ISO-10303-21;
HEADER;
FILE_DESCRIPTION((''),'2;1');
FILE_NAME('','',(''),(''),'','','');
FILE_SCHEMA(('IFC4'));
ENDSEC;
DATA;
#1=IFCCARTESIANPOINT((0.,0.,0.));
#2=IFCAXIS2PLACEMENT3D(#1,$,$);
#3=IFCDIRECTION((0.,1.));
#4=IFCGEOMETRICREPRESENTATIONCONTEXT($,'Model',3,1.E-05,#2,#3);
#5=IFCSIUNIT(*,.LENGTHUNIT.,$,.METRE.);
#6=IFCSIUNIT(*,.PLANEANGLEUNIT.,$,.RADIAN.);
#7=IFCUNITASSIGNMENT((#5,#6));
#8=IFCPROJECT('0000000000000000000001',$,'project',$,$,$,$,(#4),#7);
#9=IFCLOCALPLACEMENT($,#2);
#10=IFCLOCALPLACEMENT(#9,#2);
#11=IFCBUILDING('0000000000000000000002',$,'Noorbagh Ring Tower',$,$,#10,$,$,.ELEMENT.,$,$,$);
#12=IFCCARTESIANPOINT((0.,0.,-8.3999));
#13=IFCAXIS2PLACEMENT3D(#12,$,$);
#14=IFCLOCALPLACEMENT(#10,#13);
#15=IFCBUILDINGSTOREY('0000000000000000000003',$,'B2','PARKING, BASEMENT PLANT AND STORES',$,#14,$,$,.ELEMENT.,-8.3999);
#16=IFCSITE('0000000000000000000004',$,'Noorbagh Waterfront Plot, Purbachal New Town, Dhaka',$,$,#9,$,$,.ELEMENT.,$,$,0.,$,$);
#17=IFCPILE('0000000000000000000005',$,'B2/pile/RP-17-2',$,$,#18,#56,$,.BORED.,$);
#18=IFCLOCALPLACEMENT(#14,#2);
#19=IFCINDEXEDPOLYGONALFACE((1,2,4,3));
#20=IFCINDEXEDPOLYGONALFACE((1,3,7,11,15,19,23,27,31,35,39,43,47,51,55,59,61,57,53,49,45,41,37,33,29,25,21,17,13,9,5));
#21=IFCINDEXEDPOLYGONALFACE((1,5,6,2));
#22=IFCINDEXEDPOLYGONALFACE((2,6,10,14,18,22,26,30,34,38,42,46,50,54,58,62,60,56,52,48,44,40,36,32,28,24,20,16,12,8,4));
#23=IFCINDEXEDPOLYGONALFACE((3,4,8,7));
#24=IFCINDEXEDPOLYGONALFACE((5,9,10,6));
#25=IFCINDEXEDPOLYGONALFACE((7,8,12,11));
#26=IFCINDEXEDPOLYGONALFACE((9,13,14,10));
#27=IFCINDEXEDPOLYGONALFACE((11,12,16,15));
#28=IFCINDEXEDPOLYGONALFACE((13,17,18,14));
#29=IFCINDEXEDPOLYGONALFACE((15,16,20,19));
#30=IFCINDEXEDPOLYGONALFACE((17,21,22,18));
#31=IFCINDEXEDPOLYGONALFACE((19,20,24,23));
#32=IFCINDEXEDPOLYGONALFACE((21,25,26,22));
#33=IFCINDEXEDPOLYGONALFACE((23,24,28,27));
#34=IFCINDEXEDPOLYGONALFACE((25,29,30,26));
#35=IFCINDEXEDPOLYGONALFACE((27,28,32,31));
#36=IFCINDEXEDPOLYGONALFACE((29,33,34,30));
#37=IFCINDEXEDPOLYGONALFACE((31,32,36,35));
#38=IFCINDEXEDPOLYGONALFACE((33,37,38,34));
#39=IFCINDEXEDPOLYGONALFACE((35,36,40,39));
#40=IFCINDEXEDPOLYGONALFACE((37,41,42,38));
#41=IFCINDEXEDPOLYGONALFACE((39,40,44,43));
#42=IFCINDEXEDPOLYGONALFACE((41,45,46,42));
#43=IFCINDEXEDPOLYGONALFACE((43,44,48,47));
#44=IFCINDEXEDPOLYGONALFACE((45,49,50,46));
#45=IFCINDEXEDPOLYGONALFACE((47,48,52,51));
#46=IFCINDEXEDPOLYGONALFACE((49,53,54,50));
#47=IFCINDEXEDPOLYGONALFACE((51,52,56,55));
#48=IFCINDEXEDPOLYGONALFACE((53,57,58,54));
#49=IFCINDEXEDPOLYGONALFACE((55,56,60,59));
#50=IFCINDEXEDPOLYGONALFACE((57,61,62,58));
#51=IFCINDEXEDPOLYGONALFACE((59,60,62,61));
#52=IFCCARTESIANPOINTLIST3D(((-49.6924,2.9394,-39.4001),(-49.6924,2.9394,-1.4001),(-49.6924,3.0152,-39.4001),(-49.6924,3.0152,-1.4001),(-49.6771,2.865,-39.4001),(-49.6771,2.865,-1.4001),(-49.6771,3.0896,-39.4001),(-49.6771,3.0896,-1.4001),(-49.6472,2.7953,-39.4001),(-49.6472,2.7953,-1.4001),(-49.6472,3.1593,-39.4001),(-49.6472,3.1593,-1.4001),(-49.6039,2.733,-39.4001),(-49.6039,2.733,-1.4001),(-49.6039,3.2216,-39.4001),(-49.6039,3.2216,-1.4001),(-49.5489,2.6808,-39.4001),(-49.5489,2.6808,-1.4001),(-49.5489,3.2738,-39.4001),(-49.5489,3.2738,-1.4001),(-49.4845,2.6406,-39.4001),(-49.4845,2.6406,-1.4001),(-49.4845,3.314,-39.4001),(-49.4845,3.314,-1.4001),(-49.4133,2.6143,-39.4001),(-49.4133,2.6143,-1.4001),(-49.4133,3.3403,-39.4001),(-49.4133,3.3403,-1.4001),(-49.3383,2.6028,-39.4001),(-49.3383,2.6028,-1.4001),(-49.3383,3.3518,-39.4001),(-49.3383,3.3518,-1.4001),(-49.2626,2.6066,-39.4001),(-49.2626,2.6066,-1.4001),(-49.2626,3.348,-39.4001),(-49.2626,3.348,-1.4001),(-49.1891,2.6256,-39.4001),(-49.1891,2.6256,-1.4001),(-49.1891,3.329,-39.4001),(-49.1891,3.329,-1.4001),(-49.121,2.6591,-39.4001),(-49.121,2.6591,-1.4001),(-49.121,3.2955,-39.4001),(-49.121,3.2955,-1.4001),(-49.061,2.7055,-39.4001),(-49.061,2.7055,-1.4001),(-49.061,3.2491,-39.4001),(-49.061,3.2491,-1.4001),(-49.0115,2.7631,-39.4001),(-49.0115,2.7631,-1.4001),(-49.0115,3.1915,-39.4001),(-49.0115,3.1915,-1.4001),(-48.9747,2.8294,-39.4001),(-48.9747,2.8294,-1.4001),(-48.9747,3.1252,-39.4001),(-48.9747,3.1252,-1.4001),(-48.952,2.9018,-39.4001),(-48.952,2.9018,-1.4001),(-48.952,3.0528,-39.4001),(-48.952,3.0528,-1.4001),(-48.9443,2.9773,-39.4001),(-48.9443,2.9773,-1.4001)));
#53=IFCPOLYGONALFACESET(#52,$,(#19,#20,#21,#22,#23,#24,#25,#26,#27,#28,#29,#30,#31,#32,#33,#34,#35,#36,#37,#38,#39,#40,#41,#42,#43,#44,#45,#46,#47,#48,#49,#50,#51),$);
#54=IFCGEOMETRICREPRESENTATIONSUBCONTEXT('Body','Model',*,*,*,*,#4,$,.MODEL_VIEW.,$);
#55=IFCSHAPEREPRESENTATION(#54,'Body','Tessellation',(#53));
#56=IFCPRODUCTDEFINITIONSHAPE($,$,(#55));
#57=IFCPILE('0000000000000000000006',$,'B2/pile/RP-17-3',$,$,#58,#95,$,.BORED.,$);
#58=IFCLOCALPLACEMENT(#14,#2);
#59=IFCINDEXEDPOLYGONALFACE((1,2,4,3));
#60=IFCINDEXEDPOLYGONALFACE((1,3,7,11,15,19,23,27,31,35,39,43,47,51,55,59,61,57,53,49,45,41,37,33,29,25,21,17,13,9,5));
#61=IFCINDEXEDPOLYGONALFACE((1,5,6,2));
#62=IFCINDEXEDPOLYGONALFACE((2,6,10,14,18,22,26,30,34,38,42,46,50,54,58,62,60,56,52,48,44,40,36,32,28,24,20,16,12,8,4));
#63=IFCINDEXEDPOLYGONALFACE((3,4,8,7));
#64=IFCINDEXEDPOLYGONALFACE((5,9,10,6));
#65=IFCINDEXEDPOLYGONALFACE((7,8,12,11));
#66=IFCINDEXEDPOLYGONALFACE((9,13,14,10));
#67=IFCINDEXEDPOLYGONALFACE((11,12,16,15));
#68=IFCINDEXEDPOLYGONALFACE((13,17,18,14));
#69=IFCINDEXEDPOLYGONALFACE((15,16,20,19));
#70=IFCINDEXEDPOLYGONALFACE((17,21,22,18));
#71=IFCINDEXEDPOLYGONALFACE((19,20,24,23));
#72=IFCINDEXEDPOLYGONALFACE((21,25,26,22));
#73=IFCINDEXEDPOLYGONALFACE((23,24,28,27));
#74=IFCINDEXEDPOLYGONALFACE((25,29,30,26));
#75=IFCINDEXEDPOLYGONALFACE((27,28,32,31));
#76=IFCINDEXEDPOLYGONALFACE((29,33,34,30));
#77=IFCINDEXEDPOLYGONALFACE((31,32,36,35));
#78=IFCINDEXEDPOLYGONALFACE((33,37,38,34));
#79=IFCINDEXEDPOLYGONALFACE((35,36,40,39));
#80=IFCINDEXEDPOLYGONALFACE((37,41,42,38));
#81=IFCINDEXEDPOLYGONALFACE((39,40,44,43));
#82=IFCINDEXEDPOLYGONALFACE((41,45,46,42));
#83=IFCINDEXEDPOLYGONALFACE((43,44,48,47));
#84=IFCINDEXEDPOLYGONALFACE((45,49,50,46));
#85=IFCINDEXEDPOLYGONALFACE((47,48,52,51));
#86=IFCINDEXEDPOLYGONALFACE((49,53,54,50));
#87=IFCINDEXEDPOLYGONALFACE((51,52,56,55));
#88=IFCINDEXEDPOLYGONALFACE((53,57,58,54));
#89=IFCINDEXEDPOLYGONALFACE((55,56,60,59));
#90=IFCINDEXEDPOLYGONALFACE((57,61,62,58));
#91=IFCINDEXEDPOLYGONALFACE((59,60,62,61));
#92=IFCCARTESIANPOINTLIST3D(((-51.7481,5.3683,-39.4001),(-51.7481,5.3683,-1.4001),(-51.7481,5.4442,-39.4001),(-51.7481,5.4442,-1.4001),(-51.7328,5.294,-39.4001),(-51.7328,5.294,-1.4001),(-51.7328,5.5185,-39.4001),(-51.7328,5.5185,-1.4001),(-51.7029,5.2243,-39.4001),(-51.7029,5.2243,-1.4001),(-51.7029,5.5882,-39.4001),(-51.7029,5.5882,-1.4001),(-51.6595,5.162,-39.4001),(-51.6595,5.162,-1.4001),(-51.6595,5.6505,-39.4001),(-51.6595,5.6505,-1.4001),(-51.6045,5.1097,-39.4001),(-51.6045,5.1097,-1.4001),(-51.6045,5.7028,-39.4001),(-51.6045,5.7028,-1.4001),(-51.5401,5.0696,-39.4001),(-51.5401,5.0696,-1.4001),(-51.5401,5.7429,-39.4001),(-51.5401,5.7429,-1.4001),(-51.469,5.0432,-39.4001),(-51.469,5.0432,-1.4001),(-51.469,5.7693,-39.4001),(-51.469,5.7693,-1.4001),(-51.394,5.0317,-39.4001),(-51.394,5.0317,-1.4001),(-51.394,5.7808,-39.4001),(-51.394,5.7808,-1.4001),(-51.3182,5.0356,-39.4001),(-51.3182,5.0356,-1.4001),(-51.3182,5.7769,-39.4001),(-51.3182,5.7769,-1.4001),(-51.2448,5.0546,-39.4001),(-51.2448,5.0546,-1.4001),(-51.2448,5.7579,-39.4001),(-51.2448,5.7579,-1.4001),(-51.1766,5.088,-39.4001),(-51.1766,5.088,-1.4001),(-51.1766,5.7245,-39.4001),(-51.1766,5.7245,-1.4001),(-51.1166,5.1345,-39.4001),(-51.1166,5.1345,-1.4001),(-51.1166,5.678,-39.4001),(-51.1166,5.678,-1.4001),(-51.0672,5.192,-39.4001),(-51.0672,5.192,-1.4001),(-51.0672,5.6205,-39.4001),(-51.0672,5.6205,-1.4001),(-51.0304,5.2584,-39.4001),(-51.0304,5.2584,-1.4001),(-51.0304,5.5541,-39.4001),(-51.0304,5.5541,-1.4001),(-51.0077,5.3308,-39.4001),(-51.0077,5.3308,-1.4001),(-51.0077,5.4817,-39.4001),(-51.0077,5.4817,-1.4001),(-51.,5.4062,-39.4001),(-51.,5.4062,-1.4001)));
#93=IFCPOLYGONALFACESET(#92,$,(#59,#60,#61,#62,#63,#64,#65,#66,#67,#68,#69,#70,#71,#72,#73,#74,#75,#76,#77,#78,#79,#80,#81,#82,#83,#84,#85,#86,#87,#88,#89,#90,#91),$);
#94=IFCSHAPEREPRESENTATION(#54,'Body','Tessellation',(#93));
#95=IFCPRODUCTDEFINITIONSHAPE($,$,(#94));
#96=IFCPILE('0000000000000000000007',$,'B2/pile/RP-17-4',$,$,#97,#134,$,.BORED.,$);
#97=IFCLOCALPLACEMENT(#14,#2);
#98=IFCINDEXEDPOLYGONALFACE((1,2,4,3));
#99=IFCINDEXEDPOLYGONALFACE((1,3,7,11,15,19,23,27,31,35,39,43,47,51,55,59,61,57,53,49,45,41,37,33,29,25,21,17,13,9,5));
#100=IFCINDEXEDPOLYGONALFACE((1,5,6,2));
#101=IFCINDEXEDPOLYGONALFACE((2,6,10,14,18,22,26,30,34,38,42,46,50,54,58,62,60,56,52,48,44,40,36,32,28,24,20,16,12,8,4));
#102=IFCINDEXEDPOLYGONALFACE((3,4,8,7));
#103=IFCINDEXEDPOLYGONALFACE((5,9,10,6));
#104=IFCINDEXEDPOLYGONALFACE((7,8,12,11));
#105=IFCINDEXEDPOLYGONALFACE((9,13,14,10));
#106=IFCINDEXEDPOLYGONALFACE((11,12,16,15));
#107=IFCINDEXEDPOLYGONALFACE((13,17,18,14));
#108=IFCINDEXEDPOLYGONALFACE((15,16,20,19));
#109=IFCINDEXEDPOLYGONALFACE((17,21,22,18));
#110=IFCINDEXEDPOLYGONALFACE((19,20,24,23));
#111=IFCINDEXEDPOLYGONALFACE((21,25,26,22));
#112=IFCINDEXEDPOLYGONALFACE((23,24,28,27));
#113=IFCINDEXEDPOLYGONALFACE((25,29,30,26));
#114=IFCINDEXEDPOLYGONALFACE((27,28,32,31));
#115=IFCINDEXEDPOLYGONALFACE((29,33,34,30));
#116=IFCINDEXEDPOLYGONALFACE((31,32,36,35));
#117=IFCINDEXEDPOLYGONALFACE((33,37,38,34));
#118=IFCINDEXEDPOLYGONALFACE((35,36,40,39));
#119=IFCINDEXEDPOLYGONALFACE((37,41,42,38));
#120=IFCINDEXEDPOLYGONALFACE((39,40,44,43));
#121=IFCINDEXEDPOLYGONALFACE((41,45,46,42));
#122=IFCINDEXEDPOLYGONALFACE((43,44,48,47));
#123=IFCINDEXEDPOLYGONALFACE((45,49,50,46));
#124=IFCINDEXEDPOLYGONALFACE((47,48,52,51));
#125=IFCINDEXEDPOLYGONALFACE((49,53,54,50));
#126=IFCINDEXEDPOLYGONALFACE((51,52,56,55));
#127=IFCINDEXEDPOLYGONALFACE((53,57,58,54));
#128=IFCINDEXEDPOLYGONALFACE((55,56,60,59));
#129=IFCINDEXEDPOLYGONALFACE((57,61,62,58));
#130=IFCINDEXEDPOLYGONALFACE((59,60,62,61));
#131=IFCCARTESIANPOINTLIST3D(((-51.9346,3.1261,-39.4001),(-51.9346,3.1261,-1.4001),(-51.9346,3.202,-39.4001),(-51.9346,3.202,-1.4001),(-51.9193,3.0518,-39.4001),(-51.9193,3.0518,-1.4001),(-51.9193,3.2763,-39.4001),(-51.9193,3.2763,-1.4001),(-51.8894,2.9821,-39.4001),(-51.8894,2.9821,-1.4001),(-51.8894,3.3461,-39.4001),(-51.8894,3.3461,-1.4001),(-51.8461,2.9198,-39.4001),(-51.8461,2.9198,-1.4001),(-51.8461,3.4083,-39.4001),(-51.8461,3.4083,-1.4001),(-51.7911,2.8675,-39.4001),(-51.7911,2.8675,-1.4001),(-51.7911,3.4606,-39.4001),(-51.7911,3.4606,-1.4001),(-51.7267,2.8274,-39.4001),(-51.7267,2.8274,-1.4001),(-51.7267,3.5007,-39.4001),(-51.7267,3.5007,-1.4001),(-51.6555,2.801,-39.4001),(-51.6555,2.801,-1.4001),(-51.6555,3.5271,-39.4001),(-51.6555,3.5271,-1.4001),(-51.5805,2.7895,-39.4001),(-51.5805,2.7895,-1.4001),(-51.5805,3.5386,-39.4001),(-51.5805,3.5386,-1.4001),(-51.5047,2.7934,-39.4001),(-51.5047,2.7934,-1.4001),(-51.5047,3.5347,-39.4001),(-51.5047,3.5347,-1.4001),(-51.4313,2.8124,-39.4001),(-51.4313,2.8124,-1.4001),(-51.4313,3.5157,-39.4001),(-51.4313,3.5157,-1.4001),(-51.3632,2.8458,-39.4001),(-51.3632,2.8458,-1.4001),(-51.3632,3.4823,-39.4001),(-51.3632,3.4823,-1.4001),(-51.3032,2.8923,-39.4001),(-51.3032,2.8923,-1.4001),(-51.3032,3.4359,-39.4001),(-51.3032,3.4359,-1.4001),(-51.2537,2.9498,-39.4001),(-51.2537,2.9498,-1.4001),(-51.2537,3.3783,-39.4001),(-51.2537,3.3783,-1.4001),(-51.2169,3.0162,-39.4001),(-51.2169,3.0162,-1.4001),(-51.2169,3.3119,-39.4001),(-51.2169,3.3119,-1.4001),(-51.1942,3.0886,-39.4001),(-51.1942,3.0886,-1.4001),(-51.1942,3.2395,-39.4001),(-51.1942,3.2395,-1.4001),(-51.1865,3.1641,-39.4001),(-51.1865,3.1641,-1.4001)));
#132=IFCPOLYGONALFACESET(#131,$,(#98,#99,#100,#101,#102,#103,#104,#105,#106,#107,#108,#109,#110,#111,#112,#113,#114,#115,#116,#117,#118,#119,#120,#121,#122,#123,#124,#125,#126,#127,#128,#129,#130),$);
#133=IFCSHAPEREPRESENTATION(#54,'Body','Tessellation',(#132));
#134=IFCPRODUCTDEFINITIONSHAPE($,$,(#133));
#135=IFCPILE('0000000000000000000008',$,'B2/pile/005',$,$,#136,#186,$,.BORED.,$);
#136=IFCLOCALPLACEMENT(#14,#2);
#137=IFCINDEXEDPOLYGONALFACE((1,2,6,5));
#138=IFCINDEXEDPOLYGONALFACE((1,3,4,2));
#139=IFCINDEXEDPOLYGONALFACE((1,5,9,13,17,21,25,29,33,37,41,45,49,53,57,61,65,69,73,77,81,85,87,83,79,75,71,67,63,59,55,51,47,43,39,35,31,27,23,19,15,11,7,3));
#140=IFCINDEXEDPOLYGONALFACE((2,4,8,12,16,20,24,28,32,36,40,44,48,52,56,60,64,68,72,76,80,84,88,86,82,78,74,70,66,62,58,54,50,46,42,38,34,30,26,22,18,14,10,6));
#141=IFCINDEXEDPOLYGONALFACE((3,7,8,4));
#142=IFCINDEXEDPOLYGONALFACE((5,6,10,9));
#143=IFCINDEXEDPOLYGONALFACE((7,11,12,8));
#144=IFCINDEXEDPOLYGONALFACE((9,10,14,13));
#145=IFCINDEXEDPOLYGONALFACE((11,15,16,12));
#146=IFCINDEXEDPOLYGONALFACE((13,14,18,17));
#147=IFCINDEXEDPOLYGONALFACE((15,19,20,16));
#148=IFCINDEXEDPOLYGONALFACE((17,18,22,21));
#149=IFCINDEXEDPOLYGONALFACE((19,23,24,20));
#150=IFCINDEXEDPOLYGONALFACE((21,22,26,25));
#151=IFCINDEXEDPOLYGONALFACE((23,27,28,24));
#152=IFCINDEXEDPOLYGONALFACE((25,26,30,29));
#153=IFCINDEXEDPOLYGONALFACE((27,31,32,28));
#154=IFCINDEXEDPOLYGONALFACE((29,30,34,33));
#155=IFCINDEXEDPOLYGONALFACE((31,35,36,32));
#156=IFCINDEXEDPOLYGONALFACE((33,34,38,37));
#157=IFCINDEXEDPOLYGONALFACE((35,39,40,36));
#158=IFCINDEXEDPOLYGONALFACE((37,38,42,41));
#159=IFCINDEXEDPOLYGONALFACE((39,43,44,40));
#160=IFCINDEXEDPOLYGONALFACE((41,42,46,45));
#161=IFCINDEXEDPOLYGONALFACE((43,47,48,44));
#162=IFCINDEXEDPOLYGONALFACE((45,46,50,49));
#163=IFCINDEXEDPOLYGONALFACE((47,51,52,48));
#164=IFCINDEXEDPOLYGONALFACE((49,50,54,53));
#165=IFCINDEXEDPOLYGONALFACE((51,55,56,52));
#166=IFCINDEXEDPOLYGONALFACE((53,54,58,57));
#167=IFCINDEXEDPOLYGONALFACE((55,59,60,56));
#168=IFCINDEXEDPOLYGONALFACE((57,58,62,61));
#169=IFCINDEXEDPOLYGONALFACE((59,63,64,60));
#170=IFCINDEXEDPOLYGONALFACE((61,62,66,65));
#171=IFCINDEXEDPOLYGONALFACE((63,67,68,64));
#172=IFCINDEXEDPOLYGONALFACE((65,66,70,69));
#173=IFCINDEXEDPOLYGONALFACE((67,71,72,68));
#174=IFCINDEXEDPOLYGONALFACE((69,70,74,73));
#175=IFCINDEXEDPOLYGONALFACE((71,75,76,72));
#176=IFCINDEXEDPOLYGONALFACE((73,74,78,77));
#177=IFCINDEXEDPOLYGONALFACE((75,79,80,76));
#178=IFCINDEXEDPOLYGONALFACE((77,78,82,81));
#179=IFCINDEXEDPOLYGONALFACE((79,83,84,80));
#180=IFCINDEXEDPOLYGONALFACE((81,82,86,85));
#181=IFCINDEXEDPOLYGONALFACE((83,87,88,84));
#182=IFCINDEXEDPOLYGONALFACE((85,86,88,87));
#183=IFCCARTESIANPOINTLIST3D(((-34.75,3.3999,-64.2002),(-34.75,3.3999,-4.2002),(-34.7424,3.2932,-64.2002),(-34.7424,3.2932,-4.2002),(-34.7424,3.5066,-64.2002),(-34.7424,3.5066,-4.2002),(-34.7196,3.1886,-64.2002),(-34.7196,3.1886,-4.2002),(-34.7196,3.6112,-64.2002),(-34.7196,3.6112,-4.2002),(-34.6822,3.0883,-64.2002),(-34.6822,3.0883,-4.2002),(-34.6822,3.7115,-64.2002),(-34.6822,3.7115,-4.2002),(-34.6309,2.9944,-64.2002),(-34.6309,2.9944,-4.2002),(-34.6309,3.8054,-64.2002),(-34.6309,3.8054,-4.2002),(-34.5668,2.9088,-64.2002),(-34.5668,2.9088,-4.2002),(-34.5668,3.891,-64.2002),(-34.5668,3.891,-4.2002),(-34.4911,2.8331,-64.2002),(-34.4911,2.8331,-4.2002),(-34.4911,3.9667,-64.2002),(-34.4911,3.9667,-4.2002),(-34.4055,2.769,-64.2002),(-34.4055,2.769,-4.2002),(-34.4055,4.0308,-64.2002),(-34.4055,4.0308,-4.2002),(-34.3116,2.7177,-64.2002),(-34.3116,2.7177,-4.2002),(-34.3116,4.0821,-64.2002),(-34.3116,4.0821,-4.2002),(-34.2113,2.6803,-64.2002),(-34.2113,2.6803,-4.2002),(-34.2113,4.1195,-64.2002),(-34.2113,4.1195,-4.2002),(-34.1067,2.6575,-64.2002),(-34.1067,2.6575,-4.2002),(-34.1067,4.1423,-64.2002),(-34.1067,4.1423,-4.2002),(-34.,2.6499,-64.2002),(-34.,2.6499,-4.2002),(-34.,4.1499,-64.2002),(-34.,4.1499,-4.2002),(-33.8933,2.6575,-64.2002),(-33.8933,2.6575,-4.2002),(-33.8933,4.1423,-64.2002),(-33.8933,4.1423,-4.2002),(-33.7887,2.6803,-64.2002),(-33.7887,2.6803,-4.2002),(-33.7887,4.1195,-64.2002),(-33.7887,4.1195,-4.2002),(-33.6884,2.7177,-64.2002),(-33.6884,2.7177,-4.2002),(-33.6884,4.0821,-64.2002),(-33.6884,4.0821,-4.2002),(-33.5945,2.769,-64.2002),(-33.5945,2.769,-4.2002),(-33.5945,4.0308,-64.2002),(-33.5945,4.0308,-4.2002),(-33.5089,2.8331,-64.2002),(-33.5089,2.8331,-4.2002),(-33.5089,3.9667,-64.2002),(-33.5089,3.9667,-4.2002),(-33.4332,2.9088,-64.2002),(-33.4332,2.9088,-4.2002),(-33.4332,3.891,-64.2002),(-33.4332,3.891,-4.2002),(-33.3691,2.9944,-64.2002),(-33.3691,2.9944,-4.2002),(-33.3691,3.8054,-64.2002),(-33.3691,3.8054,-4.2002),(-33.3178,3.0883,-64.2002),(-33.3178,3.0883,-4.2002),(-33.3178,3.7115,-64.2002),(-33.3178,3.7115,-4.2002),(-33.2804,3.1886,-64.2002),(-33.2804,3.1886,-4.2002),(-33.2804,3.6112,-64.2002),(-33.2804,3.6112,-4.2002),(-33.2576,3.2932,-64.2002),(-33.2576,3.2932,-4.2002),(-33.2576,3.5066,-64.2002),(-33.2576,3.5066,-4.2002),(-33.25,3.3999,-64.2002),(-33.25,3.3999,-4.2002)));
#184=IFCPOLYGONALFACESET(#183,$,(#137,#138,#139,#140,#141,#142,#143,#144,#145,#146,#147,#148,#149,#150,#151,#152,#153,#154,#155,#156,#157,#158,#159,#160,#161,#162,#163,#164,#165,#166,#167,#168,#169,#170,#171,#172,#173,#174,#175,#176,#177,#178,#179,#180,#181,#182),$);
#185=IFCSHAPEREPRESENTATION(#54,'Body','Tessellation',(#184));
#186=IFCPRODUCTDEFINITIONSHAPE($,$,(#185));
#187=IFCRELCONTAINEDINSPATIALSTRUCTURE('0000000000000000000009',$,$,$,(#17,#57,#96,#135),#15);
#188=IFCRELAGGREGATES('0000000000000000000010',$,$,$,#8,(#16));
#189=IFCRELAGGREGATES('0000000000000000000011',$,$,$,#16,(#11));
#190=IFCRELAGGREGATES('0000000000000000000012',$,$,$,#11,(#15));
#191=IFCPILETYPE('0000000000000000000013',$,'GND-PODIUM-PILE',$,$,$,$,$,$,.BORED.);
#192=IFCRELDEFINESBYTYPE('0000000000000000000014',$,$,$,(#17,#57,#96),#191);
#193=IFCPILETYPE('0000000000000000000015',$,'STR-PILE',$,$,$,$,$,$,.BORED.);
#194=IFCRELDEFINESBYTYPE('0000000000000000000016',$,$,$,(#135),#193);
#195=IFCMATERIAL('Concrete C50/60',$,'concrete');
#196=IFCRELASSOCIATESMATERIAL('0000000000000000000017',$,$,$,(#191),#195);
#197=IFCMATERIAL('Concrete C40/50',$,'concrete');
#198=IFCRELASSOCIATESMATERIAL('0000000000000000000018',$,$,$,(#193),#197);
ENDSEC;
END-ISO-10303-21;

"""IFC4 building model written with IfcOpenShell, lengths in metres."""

from ifc_helpers import new_model, si_unit, direction, frame, origin, origin_2d, place, context, subcontext, project, spatial, circle, extrude, material, material_profile, profile_set, type_object, element, save


model = new_model("IFC4")

# Units and contexts
model_context = context("Model", 3, precision=1e-05, world=origin(), true_north=direction((0.0, 1.0)))
body_context = subcontext(model_context, "Body", "Model", "MODEL_VIEW")
ifc_project = project(units=[si_unit("LENGTHUNIT", "METRE"), si_unit("PLANEANGLEUNIT", "RADIAN")], contexts=[model_context])

# Site, building, storey
site_placement = place(None, origin())
site = spatial("IfcSite", under=ifc_project, at=site_placement, Name="Noorbagh Waterfront Plot, Purbachal New Town, Dhaka", CompositionType="ELEMENT", RefElevation=0.0)
building_placement = place(site_placement, origin())
building = spatial("IfcBuilding", under=site, at=building_placement, Name="Noorbagh Ring Tower", CompositionType="ELEMENT")
storey_placement = place(building_placement, frame((0.0, 0.0, -8.3999)))
storey = spatial("IfcBuildingStorey", under=building, at=storey_placement, Name="B2", Description="PARKING, BASEMENT PLANT AND STORES", CompositionType="ELEMENT", Elevation=-8.3999)

# Piles
ifc_material_1 = material(Name="Concrete C50/60", Category="concrete")
ifc_material_profile_1 = material_profile(ifc_material_1, circle(Radius=0.375, at=origin_2d()), Name="PILE750")
ifc_profile_set_1 = profile_set([ifc_material_profile_1], Name="Concrete C50/60")
pile_type_1 = type_object("IfcPileType", Name="GND-PODIUM-PILE", PredefinedType="BORED", material=ifc_profile_set_1)
for number, where, z_axis, x_axis, name in (
    (1, (-49.3193, 2.9773, -1.4001), (0.0, 0.0, -1.0), (1.0, 0.0, 0.0), "B2/pile/RP-17-2"),
    (2, (-51.375, 5.4062, -1.4001), (0.0, 0.0, -1.0), (1.0, 0.0, 0.0), "B2/pile/RP-17-3"),
    (3, (-51.5615, 3.1641, -1.4001), (0.0, 0.0, -1.0), (1.0, 0.0, 0.0), "B2/pile/RP-17-4"),
):
    element("IfcPile", number, at=place(storey_placement, frame(where, z_axis=z_axis, x_axis=x_axis)), inside=storey, type_object=pile_type_1, Name=name, PredefinedType="BORED", context=body_context, shape_type="SweptSolid", body=[
        extrude(circle(Radius=0.375, at=origin_2d()), origin(), (0.0, 0.0, 1.0), 38.0),
    ])
ifc_material_2 = material(Name="Concrete C40/50", Category="concrete")
ifc_material_profile_2 = material_profile(ifc_material_2, circle(Radius=0.75, at=origin_2d()), Name="PILE1500")
ifc_profile_set_2 = profile_set([ifc_material_profile_2], Name="Concrete C40/50")
pile_type_2 = type_object("IfcPileType", Name="STR-PILE", PredefinedType="BORED", material=ifc_profile_set_2)
for number, where, z_axis, x_axis, name in (
    (4, (-34.0, 3.3999, -4.2002), (0.0, 0.0, -1.0), (1.0, 0.0, 0.0), "B2/pile/005"),
):
    element("IfcPile", number, at=place(storey_placement, frame(where, z_axis=z_axis, x_axis=x_axis)), inside=storey, type_object=pile_type_2, Name=name, PredefinedType="BORED", context=body_context, shape_type="SweptSolid", body=[
        extrude(circle(Radius=0.75, at=origin_2d()), origin(), (0.0, 0.0, 1.0), 60.0),
    ])

save(model, "model.ifc")
